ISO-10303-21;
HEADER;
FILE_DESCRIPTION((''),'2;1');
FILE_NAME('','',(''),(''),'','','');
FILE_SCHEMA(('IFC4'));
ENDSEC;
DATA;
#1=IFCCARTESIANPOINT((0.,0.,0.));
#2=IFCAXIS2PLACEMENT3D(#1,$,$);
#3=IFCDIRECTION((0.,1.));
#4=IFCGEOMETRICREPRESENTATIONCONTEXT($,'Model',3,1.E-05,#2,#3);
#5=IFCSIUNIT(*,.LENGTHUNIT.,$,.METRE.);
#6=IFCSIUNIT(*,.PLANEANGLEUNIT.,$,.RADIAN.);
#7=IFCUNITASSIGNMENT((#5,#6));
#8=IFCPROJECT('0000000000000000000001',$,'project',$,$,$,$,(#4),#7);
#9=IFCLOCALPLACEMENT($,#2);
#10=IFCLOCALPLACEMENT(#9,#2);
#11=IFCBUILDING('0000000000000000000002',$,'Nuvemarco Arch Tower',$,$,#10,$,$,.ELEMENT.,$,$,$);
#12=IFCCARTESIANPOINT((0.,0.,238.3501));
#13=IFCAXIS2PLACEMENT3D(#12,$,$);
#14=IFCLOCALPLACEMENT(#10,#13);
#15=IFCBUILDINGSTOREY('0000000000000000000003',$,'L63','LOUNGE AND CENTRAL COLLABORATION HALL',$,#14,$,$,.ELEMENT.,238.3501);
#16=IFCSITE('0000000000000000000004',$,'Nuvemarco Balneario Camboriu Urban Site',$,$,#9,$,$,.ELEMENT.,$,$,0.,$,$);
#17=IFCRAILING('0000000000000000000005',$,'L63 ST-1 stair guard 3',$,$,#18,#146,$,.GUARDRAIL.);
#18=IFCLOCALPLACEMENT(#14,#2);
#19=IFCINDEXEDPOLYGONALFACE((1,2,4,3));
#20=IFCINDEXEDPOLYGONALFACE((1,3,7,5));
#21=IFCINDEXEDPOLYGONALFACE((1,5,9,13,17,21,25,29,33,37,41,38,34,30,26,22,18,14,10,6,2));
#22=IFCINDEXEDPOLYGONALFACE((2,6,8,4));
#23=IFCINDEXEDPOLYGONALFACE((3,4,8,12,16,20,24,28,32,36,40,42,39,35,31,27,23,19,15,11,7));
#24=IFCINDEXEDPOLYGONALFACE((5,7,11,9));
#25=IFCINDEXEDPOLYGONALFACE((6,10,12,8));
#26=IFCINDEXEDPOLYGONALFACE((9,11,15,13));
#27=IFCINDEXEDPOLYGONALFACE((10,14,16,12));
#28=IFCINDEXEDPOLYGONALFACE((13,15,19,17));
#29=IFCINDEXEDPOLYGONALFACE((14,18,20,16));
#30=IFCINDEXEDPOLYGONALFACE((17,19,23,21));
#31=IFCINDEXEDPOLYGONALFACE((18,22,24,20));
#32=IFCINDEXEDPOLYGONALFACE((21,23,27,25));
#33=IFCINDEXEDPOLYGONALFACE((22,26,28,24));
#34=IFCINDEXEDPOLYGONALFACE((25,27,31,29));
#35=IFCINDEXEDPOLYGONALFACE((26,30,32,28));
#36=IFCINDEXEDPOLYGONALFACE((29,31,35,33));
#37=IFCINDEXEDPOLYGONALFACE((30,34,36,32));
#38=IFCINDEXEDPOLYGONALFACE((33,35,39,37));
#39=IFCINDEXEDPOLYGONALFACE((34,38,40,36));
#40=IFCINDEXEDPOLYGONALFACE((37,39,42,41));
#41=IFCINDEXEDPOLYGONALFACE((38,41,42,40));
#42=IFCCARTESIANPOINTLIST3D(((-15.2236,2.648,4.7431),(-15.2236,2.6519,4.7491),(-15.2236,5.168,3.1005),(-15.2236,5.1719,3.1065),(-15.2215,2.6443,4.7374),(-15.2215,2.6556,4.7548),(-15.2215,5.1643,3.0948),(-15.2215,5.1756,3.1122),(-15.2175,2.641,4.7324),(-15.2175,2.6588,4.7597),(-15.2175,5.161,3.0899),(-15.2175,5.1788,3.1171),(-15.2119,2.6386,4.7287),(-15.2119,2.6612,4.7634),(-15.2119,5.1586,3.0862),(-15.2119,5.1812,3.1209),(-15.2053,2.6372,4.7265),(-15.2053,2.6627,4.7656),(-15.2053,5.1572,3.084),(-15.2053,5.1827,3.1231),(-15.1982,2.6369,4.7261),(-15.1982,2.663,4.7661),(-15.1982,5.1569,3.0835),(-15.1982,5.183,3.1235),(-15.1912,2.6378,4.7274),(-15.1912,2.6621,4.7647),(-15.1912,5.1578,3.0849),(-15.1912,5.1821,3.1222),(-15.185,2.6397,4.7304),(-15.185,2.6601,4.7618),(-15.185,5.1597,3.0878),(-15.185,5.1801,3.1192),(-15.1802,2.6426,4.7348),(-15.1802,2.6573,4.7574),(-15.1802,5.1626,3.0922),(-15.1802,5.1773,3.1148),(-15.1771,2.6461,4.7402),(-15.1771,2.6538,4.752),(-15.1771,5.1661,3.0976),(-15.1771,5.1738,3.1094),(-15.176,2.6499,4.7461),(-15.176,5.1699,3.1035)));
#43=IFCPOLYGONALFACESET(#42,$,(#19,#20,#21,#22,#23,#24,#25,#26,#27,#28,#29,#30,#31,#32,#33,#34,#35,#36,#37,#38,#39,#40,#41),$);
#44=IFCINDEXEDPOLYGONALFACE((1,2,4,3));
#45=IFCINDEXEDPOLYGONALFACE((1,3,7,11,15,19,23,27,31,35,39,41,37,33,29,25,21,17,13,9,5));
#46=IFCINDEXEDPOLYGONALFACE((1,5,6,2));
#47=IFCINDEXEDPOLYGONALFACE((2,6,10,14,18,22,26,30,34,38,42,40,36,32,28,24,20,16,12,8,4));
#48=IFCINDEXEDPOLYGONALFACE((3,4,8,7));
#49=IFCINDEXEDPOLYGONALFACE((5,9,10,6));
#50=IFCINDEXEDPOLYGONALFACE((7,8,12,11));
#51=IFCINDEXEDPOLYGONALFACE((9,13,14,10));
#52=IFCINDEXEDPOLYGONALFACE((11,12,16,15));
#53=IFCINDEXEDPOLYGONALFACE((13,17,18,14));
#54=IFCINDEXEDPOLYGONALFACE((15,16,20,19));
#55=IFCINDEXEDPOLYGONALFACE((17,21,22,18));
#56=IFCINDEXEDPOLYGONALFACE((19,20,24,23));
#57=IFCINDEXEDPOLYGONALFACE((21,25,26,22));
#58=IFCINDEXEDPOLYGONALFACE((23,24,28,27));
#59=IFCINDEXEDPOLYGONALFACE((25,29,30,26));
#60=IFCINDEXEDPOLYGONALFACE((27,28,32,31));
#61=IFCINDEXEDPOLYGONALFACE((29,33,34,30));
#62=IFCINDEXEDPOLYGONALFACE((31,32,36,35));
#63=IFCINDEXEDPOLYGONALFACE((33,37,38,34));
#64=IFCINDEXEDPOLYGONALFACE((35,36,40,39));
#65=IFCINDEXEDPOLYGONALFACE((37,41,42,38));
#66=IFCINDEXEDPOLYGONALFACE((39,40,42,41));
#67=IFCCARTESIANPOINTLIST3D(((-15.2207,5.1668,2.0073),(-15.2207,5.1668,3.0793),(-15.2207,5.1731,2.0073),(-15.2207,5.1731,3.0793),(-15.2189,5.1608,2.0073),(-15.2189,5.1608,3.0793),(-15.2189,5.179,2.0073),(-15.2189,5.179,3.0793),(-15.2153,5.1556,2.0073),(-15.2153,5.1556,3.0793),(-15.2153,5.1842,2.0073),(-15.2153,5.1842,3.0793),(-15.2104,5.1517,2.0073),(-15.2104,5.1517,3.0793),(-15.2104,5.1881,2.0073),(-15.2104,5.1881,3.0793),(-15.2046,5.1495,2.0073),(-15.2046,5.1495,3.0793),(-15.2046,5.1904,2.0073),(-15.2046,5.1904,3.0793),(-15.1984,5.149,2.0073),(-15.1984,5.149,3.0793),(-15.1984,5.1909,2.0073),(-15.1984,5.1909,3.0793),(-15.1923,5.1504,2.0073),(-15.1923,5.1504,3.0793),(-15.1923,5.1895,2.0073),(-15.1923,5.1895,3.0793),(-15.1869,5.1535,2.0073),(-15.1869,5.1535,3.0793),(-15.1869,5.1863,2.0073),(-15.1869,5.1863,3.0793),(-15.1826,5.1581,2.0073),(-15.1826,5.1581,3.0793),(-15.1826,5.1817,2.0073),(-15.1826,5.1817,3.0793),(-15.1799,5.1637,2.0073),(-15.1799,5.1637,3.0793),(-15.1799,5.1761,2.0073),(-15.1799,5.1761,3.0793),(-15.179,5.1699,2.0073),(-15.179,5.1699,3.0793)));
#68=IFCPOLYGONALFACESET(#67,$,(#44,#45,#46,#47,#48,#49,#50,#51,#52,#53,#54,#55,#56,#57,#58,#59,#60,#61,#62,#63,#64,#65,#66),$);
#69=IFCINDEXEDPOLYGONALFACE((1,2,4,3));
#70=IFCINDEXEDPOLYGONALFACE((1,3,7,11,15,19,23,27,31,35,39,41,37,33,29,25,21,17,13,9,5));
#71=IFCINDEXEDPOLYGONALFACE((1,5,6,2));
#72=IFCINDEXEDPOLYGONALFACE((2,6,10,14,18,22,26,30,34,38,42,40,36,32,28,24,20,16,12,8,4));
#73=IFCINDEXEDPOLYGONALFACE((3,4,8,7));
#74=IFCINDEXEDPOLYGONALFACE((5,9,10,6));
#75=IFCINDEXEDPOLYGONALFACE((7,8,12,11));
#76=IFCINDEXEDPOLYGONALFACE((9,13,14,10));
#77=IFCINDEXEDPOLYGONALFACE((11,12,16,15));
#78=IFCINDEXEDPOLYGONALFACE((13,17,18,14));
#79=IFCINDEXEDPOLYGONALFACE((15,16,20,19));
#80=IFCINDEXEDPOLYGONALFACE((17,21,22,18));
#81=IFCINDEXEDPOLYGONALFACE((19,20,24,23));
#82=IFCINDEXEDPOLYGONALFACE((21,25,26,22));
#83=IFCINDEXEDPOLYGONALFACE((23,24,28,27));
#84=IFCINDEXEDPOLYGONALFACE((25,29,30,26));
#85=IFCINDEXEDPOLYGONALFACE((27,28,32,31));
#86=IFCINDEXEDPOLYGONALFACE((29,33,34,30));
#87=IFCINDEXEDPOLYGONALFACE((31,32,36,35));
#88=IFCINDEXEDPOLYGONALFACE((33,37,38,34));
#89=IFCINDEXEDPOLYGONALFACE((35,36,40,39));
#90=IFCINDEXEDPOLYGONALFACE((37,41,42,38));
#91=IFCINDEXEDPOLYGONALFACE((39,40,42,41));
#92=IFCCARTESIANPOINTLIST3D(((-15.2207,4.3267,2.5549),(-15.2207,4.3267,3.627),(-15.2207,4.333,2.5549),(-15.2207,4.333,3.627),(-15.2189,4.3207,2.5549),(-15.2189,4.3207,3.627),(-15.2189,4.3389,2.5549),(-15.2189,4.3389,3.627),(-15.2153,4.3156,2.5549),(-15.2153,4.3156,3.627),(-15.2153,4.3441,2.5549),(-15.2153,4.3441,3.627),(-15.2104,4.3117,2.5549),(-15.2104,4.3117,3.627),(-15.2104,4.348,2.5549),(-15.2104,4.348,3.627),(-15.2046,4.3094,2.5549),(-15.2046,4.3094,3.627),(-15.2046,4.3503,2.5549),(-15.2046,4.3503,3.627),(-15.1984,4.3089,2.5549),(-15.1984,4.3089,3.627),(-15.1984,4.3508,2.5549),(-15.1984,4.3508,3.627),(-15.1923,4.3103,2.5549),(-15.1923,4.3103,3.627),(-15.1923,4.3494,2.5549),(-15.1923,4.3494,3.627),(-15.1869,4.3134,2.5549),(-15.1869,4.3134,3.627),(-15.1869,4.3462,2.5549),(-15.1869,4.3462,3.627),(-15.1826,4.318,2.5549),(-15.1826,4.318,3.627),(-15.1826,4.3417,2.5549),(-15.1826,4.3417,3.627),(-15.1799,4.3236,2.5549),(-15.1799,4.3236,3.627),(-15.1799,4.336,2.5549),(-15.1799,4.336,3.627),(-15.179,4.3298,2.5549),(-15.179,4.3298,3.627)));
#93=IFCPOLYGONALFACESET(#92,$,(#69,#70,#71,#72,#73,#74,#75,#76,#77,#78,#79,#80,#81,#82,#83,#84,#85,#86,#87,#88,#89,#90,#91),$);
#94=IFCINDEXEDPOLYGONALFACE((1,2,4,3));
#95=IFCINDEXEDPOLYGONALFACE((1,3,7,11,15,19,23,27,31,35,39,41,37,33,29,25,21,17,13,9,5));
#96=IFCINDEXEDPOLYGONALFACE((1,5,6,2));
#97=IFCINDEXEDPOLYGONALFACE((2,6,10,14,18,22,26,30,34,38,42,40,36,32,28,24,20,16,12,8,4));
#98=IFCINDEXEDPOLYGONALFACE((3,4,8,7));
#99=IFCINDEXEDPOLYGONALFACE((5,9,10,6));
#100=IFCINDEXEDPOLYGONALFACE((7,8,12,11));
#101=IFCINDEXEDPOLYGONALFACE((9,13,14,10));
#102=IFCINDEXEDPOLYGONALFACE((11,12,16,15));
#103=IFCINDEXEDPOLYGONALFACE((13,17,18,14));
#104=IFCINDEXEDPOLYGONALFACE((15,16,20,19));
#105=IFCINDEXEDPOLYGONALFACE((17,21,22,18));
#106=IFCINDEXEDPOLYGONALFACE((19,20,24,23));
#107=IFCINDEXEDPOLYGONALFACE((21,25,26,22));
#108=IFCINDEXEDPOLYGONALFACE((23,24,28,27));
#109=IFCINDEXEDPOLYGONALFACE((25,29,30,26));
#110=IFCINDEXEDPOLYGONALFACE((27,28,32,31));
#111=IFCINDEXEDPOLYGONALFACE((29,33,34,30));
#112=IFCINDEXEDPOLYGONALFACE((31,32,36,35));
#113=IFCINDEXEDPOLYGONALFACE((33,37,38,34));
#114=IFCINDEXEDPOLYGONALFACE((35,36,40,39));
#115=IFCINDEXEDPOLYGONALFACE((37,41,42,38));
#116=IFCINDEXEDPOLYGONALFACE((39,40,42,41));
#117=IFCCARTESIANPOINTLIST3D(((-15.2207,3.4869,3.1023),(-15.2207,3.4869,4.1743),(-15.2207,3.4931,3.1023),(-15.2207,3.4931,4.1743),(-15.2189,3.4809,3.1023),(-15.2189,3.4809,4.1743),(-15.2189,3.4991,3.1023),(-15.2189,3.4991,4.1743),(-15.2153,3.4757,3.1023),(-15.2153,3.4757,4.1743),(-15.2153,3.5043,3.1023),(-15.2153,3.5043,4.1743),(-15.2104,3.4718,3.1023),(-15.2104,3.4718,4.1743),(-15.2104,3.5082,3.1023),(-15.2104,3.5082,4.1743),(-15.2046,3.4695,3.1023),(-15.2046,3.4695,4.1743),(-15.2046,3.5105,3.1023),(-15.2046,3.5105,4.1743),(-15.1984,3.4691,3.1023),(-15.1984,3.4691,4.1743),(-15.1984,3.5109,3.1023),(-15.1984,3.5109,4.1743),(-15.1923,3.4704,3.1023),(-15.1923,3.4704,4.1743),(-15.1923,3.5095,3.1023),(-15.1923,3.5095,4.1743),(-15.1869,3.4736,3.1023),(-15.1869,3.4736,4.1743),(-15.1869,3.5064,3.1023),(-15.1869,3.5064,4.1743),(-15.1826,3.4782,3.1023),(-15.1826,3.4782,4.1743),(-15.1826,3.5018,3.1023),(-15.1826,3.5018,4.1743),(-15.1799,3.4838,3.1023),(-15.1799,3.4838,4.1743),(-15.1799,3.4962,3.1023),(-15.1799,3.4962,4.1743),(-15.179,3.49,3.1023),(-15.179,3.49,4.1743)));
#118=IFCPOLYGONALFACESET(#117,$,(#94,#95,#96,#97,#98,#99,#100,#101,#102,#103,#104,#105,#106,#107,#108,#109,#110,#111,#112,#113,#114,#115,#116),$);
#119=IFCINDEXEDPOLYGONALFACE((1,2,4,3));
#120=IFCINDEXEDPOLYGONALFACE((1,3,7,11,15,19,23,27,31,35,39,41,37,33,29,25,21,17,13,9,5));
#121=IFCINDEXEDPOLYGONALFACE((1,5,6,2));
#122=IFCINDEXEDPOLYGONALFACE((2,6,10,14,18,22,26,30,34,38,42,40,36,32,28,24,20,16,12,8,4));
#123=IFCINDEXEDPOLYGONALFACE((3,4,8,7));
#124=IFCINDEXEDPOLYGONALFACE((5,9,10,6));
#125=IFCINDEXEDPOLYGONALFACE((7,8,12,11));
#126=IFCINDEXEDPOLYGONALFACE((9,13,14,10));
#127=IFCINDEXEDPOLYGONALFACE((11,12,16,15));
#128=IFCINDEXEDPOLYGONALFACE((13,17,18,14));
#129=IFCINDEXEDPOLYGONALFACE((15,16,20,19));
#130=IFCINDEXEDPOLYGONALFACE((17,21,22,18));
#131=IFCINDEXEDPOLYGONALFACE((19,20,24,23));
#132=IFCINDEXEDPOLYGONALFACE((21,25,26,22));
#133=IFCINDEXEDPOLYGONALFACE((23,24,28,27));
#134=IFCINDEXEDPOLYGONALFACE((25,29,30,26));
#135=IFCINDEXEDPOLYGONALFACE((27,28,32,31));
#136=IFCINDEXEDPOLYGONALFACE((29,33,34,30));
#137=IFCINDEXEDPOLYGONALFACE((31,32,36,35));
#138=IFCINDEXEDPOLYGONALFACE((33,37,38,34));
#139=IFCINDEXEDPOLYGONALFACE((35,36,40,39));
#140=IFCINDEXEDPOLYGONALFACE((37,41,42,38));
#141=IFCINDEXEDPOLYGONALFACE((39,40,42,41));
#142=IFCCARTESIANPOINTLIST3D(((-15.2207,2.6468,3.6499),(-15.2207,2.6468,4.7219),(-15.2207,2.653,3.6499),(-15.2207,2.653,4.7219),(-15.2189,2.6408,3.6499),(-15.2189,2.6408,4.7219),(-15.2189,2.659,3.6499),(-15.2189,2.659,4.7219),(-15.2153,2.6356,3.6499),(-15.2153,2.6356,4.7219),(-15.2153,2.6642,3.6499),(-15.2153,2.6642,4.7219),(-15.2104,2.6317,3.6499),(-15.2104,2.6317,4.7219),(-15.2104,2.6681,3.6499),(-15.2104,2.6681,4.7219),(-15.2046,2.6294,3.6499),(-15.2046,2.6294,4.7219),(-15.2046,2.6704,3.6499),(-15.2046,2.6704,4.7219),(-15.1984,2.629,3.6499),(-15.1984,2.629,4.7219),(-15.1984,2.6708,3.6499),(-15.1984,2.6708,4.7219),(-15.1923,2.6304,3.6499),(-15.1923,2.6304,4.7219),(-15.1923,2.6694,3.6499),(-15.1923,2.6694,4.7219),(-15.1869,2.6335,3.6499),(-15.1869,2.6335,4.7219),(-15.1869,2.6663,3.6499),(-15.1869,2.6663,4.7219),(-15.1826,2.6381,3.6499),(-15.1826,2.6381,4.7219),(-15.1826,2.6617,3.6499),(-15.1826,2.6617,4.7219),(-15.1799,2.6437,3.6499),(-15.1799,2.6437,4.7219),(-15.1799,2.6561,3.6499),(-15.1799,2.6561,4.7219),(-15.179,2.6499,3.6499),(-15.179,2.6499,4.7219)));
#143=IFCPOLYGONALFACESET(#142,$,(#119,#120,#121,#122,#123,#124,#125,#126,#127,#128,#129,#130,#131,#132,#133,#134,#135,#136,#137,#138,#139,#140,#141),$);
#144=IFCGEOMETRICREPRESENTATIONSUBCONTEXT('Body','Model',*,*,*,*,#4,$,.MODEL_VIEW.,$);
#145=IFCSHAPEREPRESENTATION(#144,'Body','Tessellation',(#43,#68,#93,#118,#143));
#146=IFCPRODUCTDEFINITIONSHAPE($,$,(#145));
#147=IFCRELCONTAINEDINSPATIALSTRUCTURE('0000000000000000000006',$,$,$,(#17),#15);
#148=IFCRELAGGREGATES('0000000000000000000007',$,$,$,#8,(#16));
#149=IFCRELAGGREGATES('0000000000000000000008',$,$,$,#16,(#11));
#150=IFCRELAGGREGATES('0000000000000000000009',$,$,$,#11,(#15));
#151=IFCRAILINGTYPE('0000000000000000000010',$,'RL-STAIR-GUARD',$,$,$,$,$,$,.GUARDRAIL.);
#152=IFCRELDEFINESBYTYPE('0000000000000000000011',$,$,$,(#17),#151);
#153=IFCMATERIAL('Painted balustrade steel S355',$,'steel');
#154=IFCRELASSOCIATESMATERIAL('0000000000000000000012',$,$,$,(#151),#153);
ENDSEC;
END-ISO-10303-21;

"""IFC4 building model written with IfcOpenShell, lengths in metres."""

from ifc_helpers import new_model, si_unit, direction, frame, origin, origin_2d, place, context, subcontext, project, spatial, circle, extrude, material, type_object, element, save


model = new_model("IFC4")

# Units and contexts
model_context = context("Model", 3, precision=1e-05, world=origin(), true_north=direction((0.0, 1.0)))
body_context = subcontext(model_context, "Body", "Model", "MODEL_VIEW")
ifc_project = project(units=[si_unit("LENGTHUNIT", "METRE"), si_unit("PLANEANGLEUNIT", "RADIAN")], contexts=[model_context])

# Site, building, storey
site_placement = place(None, origin())
site = spatial("IfcSite", under=ifc_project, at=site_placement, Name="Nuvemarco Balneario Camboriu Urban Site", CompositionType="ELEMENT", RefElevation=0.0)
building_placement = place(site_placement, origin())
building = spatial("IfcBuilding", under=site, at=building_placement, Name="Nuvemarco Arch Tower", CompositionType="ELEMENT")
storey_placement = place(building_placement, frame((0.0, 0.0, 238.3501)))
storey = spatial("IfcBuildingStorey", under=building, at=storey_placement, Name="L63", Description="LOUNGE AND CENTRAL COLLABORATION HALL", CompositionType="ELEMENT", Elevation=238.3501)

# Railing
ifc_material_1 = material(Name="Painted balustrade steel S355", Category="steel")
railing_type_1 = type_object("IfcRailingType", Name="RL-STAIR-GUARD", PredefinedType="GUARDRAIL", material=ifc_material_1)
railing_1_placement = place(storey_placement, frame((-15.2, 5.1699, 2.0073)))
element("IfcRailing", 1, at=railing_1_placement, inside=storey, type_object=railing_type_1, Name="L63 ST-1 stair guard 3", PredefinedType="GUARDRAIL", context=body_context, shape_type="SweptSolid", body=[
    extrude(circle(Radius=0.0239, at=origin_2d()), frame((0.0, 0.0, 1.0962), z_axis=(0.0, -0.837749, 0.546055), x_axis=(1.0, 0.0, 0.0)), (0.0, 0.0, 1.0), 3.0081),
    extrude(circle(Radius=0.021, at=origin_2d()), origin(), (0.0, 0.0, 1.0), 1.072),
    extrude(circle(Radius=0.021, at=origin_2d()), frame((0.0, -0.8401, 0.5476)), (0.0, 0.0, 1.0), 1.072),
    extrude(circle(Radius=0.021, at=origin_2d()), frame((0.0, -1.6799, 1.095)), (0.0, 0.0, 1.0), 1.072),
    extrude(circle(Radius=0.021, at=origin_2d()), frame((0.0, -2.52, 1.6426)), (0.0, 0.0, 1.0), 1.072),
])

save(model, "model.ifc")
